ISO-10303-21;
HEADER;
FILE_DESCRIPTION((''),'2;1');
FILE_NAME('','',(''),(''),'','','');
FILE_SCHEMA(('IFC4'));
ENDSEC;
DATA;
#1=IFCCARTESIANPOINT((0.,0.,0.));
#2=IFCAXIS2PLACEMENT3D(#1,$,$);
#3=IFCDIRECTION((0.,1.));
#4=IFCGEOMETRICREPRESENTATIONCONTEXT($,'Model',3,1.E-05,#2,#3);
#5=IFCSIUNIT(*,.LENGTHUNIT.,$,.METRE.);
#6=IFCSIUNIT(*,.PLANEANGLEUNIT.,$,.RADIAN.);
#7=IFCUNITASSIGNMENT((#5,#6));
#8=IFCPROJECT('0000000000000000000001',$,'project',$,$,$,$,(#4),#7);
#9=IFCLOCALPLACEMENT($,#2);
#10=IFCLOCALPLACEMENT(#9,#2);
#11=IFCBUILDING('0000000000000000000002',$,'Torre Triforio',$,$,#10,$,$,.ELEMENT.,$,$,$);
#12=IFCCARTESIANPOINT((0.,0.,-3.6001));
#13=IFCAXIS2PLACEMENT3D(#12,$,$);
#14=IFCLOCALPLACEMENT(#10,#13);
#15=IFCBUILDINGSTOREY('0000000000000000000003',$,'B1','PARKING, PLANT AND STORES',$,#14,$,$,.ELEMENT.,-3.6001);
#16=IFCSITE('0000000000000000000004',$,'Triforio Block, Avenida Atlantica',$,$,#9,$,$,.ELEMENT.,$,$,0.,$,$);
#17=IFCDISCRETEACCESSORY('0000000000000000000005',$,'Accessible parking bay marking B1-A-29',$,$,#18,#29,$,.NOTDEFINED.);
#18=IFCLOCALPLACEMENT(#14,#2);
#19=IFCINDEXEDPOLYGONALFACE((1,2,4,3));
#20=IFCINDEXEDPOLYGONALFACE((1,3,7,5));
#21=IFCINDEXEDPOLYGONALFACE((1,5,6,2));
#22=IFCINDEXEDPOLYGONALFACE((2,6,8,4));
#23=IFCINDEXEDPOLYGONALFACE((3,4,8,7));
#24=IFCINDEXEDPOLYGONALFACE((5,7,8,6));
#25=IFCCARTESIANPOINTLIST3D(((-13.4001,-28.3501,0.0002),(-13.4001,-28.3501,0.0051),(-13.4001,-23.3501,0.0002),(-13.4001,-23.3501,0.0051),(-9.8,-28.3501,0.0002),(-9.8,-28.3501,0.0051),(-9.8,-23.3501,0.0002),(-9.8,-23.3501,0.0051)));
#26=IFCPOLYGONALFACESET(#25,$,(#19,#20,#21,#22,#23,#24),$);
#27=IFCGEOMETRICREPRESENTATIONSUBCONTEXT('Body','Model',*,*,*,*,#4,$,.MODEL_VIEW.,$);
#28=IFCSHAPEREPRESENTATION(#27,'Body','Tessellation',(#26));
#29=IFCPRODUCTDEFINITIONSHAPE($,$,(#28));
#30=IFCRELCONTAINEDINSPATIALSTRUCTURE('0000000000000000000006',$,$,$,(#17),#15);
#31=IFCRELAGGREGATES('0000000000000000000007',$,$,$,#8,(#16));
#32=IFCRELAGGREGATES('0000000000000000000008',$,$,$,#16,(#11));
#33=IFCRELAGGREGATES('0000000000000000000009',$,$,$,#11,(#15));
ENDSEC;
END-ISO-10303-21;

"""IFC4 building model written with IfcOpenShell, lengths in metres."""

from ifc_helpers import new_model, si_unit, direction, frame, origin, origin_2d, place, context, subcontext, project, spatial, rectangle, extrude, element, save


model = new_model("IFC4")

# Units and contexts
model_context = context("Model", 3, precision=1e-05, world=origin(), true_north=direction((0.0, 1.0)))
body_context = subcontext(model_context, "Body", "Model", "MODEL_VIEW")
ifc_project = project(units=[si_unit("LENGTHUNIT", "METRE"), si_unit("PLANEANGLEUNIT", "RADIAN")], contexts=[model_context])

# Site, building, storey
site_placement = place(None, origin())
site = spatial("IfcSite", under=ifc_project, at=site_placement, Name="Triforio Block, Avenida Atlantica", CompositionType="ELEMENT", RefElevation=0.0)
building_placement = place(site_placement, origin())
building = spatial("IfcBuilding", under=site, at=building_placement, Name="Torre Triforio", CompositionType="ELEMENT")
storey_placement = place(building_placement, frame((0.0, 0.0, -3.6001)))
storey = spatial("IfcBuildingStorey", under=building, at=storey_placement, Name="B1", Description="PARKING, PLANT AND STORES", CompositionType="ELEMENT", Elevation=-3.6001)

# Discrete accessory
discrete_accessory_1_placement = place(storey_placement, frame((-11.6001, -25.8501, 0.0002), z_axis=(0.0, 0.0, 1.0), x_axis=(1.0, 0.0, 0.0)))
element("IfcDiscreteAccessory", 1, at=discrete_accessory_1_placement, inside=storey, Name="Accessible parking bay marking B1-A-29", PredefinedType="NOTDEFINED", context=body_context, shape_type="SweptSolid", body=[
    extrude(rectangle(XDim=3.6001, YDim=5.0, at=origin_2d()), origin(), (0.0, 0.0, 1.0), 0.0049),
])

save(model, "model.ifc")
